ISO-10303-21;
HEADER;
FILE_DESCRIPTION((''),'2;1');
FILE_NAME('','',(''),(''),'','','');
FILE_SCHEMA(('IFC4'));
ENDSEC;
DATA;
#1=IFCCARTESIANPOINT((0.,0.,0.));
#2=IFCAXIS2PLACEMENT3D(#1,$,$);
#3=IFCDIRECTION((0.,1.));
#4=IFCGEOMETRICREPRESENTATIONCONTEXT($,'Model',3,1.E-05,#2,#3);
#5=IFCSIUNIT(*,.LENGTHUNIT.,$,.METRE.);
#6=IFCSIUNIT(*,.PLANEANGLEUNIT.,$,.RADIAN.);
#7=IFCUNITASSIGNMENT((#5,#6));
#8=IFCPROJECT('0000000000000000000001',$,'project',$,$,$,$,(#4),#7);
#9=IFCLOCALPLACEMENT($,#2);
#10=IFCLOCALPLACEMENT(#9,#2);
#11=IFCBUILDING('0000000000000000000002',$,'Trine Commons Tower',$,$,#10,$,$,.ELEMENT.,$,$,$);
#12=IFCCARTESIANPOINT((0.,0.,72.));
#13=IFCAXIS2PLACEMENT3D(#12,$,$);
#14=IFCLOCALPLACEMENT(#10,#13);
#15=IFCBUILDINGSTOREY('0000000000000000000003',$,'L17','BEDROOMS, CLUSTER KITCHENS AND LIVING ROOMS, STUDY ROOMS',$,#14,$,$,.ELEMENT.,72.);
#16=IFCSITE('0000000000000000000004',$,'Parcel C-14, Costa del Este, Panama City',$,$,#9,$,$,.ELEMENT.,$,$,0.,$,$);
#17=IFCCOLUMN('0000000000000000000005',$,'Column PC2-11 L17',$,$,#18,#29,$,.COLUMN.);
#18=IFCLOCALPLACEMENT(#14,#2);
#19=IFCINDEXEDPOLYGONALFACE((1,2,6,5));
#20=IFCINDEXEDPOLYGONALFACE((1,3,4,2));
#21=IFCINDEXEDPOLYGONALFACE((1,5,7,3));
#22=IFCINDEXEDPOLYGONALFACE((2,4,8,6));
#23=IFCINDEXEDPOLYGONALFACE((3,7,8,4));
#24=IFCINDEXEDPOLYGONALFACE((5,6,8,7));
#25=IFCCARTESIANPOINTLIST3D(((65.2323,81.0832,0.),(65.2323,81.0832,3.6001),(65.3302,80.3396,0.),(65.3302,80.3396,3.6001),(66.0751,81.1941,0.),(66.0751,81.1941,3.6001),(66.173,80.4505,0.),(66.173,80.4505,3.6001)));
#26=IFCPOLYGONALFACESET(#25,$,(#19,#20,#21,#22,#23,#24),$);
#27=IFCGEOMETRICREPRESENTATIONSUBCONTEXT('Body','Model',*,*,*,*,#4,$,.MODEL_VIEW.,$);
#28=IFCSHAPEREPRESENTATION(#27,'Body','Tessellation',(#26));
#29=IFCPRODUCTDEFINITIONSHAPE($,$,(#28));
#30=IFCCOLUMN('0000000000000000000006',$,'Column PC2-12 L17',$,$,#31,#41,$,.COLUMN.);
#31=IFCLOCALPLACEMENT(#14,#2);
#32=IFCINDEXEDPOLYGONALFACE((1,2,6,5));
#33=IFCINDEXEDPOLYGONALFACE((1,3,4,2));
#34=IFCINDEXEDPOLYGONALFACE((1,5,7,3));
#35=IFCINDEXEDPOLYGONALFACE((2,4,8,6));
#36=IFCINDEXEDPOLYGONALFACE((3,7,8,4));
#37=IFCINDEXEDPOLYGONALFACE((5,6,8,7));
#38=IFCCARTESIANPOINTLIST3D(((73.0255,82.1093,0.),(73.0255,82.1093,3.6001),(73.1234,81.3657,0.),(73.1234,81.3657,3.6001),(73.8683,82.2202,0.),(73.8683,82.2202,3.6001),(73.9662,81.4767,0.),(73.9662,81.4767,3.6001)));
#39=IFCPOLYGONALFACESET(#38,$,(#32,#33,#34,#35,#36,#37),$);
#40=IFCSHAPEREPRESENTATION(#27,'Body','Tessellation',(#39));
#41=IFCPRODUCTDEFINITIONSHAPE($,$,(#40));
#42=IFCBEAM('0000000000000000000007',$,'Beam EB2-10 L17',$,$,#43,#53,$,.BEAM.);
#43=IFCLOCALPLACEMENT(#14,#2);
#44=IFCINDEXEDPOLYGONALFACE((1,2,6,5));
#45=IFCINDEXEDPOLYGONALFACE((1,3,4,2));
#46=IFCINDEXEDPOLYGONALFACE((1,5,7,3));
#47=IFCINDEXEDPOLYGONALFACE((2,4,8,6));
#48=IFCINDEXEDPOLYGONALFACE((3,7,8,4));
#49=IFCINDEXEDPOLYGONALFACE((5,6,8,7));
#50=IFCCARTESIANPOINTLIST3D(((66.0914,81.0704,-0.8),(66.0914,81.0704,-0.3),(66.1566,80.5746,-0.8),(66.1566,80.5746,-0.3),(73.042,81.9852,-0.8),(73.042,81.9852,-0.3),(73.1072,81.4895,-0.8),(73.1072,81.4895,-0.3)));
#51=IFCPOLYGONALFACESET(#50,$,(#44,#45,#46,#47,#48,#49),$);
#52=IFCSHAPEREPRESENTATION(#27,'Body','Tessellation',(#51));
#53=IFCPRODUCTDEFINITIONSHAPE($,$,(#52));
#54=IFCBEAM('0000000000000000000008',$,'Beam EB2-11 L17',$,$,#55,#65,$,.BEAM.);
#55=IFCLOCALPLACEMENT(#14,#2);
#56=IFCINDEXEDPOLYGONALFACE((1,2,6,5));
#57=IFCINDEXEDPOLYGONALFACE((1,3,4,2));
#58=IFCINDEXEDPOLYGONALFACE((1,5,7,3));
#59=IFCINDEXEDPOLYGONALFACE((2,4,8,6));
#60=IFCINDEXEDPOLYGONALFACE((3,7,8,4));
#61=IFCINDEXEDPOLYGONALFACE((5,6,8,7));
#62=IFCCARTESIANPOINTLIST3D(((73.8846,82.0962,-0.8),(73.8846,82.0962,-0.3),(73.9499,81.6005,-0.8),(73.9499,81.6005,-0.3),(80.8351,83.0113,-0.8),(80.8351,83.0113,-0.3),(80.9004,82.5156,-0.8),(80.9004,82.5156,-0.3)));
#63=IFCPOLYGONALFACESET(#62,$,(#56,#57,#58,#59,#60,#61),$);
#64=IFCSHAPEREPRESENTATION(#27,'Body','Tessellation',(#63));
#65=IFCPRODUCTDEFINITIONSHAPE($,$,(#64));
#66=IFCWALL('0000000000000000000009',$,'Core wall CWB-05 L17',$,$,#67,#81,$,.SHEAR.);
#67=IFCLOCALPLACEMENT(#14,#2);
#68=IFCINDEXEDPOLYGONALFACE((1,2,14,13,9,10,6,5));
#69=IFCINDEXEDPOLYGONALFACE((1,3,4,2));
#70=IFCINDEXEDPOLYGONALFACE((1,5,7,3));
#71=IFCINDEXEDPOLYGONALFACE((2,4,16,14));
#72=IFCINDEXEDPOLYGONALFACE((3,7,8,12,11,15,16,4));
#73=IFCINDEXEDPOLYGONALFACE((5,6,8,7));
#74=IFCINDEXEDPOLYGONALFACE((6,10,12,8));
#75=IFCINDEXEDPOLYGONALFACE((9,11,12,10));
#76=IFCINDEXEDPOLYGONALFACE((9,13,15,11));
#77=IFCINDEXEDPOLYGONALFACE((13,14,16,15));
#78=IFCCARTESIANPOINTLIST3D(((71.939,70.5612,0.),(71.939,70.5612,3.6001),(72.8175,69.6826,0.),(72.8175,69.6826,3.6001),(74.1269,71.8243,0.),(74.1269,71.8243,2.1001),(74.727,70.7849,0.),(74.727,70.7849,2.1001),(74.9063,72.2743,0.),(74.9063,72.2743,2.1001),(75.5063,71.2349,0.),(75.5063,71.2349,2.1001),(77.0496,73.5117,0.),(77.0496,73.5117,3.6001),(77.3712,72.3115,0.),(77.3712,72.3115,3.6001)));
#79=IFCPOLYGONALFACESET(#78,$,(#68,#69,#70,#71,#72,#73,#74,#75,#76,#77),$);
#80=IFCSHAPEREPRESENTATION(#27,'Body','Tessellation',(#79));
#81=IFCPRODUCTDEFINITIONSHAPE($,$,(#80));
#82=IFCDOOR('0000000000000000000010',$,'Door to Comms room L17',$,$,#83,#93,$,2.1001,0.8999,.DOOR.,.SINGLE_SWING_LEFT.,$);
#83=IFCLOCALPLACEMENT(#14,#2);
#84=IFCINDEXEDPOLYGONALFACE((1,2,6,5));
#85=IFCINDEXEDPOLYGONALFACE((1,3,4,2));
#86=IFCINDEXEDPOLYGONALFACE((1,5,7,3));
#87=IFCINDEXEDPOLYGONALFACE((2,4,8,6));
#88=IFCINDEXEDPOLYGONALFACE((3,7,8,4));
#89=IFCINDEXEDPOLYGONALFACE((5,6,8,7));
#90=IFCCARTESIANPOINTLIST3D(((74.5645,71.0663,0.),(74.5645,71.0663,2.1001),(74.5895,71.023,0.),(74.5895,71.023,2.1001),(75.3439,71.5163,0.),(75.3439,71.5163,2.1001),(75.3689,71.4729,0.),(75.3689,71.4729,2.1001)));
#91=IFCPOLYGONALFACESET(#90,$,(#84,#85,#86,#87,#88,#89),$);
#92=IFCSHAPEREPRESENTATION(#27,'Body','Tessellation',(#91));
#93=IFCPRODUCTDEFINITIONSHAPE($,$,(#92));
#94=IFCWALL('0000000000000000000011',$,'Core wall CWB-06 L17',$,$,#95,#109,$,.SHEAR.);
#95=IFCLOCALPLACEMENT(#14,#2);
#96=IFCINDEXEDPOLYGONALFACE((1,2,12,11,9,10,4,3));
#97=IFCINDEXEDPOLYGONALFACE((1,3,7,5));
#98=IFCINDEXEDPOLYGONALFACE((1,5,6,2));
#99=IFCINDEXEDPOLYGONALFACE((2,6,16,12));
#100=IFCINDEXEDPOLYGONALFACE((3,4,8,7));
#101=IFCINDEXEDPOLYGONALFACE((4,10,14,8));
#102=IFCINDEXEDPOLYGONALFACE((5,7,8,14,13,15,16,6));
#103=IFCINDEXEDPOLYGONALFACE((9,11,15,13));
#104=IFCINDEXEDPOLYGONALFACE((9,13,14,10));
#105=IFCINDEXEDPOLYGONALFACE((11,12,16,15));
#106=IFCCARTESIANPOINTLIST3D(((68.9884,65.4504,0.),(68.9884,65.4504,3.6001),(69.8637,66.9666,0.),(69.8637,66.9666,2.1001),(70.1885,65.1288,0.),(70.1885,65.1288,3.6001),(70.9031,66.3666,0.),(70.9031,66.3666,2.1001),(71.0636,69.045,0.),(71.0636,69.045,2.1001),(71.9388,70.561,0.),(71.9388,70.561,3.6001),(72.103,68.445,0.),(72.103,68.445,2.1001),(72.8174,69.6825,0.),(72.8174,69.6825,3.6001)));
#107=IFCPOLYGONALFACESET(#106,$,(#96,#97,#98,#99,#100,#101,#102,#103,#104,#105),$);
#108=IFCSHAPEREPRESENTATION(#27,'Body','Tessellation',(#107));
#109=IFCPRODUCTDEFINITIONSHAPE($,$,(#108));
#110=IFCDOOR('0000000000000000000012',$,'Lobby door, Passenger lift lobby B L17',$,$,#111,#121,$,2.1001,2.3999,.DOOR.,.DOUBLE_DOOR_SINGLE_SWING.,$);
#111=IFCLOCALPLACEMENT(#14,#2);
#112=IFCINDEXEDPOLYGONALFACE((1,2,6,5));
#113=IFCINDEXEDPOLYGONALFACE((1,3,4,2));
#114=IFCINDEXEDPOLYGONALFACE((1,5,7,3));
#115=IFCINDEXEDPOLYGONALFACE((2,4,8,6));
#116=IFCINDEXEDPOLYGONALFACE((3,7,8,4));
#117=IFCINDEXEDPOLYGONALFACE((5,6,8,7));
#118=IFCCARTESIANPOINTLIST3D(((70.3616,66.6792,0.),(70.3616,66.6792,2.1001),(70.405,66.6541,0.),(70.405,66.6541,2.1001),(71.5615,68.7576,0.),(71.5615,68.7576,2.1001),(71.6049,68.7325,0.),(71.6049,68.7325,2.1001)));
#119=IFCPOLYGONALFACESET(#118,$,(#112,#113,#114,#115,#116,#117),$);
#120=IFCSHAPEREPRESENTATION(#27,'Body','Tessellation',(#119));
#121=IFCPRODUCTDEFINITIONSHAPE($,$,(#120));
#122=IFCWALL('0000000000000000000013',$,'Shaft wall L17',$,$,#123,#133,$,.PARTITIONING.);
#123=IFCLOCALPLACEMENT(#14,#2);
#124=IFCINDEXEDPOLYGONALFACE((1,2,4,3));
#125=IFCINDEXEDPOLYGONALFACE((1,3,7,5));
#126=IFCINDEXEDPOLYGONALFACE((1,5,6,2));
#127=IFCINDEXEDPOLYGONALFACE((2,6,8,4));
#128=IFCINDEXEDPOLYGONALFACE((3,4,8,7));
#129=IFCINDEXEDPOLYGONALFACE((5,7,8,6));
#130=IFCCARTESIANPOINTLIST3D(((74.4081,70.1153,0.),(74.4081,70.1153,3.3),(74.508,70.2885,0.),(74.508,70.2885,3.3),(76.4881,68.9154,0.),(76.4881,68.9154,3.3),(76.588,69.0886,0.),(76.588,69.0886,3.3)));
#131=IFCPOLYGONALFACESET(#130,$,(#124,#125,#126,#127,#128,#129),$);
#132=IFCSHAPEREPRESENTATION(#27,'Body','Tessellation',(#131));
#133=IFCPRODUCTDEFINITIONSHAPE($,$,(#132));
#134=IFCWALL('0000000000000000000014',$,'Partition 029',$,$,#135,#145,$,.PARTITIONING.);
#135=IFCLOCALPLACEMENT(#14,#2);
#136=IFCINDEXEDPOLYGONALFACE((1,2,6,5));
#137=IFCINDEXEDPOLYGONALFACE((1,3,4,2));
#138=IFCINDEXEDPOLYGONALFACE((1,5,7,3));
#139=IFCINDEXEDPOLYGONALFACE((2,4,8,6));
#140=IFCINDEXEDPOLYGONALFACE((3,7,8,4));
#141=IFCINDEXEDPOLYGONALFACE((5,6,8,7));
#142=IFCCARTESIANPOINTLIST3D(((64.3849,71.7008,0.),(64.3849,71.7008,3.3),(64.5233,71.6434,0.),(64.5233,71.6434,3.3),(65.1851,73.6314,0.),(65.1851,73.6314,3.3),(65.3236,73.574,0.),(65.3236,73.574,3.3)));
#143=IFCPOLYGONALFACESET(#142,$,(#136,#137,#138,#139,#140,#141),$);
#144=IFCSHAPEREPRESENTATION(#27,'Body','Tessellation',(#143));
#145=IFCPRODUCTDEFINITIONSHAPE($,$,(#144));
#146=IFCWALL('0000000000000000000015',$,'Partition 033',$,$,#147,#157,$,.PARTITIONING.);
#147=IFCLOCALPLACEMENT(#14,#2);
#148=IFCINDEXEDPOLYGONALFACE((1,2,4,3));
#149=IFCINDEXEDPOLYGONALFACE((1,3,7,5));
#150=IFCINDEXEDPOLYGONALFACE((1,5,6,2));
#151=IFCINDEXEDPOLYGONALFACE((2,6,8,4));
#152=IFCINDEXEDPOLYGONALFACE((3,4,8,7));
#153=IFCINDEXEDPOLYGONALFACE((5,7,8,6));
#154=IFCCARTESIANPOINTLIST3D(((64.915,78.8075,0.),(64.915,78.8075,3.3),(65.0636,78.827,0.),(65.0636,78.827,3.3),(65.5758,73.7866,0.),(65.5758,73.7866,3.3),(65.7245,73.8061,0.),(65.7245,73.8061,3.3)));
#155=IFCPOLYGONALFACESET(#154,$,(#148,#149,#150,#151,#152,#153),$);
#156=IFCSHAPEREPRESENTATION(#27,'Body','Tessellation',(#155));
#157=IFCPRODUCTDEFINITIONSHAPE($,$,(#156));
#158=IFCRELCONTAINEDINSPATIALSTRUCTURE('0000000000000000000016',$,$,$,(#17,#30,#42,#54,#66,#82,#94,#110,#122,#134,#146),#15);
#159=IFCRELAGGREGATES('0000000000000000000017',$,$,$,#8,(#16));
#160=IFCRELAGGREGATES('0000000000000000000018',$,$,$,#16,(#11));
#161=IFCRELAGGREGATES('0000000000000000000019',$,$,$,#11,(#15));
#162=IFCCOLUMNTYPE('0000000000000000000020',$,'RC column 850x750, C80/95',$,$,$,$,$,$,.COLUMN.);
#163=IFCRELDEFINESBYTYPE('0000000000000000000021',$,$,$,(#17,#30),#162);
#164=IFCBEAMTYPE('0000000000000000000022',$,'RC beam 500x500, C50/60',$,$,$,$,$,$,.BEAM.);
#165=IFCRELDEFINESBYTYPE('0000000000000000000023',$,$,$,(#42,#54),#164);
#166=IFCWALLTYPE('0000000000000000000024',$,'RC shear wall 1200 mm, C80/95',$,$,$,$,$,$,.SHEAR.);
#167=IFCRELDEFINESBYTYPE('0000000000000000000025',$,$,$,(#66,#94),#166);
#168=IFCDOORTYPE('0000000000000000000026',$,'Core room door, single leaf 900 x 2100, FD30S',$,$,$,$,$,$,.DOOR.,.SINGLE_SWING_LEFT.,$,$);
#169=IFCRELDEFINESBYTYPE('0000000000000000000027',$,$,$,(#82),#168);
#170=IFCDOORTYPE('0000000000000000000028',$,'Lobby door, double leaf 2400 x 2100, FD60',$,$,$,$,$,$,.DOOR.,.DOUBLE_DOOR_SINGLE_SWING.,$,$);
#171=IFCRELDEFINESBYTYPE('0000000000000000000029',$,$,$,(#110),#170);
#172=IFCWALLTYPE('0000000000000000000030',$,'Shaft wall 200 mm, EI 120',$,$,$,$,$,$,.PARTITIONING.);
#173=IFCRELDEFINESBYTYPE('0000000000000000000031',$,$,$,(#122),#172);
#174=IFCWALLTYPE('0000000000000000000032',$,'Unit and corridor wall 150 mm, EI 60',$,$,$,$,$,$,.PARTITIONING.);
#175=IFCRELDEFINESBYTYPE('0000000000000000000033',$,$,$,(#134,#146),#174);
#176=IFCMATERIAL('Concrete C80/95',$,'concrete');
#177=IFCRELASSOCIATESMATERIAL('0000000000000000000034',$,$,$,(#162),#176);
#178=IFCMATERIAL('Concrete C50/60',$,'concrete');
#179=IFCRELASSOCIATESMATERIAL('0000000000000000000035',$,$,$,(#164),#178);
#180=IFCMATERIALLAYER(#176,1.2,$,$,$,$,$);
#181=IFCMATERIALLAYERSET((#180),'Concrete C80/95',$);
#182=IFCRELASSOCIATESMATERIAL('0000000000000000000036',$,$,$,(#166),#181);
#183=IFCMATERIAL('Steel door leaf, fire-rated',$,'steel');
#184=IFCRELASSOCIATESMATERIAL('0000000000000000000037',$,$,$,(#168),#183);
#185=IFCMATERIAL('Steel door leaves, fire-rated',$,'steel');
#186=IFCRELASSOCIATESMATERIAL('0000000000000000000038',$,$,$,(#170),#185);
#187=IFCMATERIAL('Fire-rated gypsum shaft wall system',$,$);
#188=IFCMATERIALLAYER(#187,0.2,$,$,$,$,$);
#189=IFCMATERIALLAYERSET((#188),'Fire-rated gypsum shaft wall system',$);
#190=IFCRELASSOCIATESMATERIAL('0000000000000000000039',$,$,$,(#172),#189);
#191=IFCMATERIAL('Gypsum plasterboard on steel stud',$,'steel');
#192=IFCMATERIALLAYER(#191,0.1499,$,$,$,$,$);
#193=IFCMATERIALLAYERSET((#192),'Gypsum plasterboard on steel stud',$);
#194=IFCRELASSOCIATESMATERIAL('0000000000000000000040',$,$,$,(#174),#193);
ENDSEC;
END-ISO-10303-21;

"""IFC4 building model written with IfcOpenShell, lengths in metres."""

from ifc_helpers import new_model, si_unit, direction, frame, frame_2d, origin, origin_2d, place, context, subcontext, project, spatial, polyline, rectangle, outline, extrude, material, layer, layer_set, material_profile, profile_set, type_object, element, fill, save


model = new_model("IFC4")

# Units and contexts
model_context = context("Model", 3, precision=1e-05, world=origin(), true_north=direction((0.0, 1.0)))
body_context = subcontext(model_context, "Body", "Model", "MODEL_VIEW")
ifc_project = project(units=[si_unit("LENGTHUNIT", "METRE"), si_unit("PLANEANGLEUNIT", "RADIAN")], contexts=[model_context])

# Site, building, storey
site_placement = place(None, origin())
site = spatial("IfcSite", under=ifc_project, at=site_placement, Name="Parcel C-14, Costa del Este, Panama City", CompositionType="ELEMENT", RefElevation=0.0)
building_placement = place(site_placement, origin())
building = spatial("IfcBuilding", under=site, at=building_placement, Name="Trine Commons Tower", CompositionType="ELEMENT")
storey_placement = place(building_placement, frame((0.0, 0.0, 72.0)))
storey = spatial("IfcBuildingStorey", under=building, at=storey_placement, Name="L17", Description="BEDROOMS, CLUSTER KITCHENS AND LIVING ROOMS, STUDY ROOMS", CompositionType="ELEMENT", Elevation=72.0)

# Columns
ifc_material_1 = material(Name="Concrete C80/95", Category="concrete")
ifc_material_profile_1 = material_profile(ifc_material_1, rectangle(XDim=0.8501, YDim=0.75, at=origin_2d()), Name="RC 850x750")
ifc_profile_set_1 = profile_set([ifc_material_profile_1], Name="Concrete C80/95")
column_type = type_object("IfcColumnType", Name="RC column 850x750, C80/95", PredefinedType="COLUMN", material=ifc_profile_set_1)
for number, where, z_axis, x_axis, name in (
    (1, (65.7026, 80.7668, 0.0), (0.0, 0.0, 1.0), (0.991445, 0.130526, 0.0), "Column PC2-11 L17"),
    (2, (73.4958, 81.793, 0.0), (0.0, 0.0, 1.0), (0.991445, 0.130526, 0.0), "Column PC2-12 L17"),
):
    element("IfcColumn", number, at=place(storey_placement, frame(where, z_axis=z_axis, x_axis=x_axis)), inside=storey, type_object=column_type, Name=name, PredefinedType="COLUMN", context=body_context, shape_type="SweptSolid", body=[
        extrude(rectangle(XDim=0.8501, YDim=0.75, at=origin_2d()), origin(), (0.0, 0.0, 1.0), 3.6001),
    ])

# Beams
ifc_material_2 = material(Name="Concrete C50/60", Category="concrete")
ifc_material_profile_2 = material_profile(ifc_material_2, rectangle(XDim=0.5, YDim=0.5, at=origin_2d()), Name="RC 500x500")
ifc_profile_set_2 = profile_set([ifc_material_profile_2], Name="Concrete C50/60")
beam_type = type_object("IfcBeamType", Name="RC beam 500x500, C50/60", PredefinedType="BEAM", material=ifc_profile_set_2)
for number, where, z_axis, x_axis, name in (
    (3, (66.124, 80.8225, -0.55), (0.991449, 0.130491, 0.0), (-0.130491, 0.991449, 0.0), "Beam EB2-10 L17"),
    (4, (73.9172, 81.8484, -0.55), (0.991445, 0.130526, 0.0), (-0.130526, 0.991445, 0.0), "Beam EB2-11 L17"),
):
    element("IfcBeam", number, at=place(storey_placement, frame(where, z_axis=z_axis, x_axis=x_axis)), inside=storey, type_object=beam_type, Name=name, PredefinedType="BEAM", context=body_context, shape_type="SweptSolid", body=[
        extrude(rectangle(XDim=0.5, YDim=0.5, at=origin_2d()), origin(), (0.0, 0.0, 1.0), 7.0105),
    ])

# Walls, openings, doors
ifc_layer_1 = layer(ifc_material_1, 1.2)
ifc_layer_set_1 = layer_set([ifc_layer_1], Name="Concrete C80/95")
wall_type_1 = type_object("IfcWallType", Name="RC shear wall 1200 mm, C80/95", PredefinedType="SHEAR", material=ifc_layer_set_1)
wall_1_placement = place(storey_placement, frame((77.3496, 72.9919, 0.0), z_axis=(0.0, 0.0, 1.0), x_axis=(-0.866037, -0.499979, 0.0)))
wall_1 = element("IfcWall", 5, at=wall_1_placement, inside=storey, type_object=wall_type_1, Name="Core wall CWB-05 L17", PredefinedType="SHEAR", context=body_context, shape_type="SweptSolid", body=[
    extrude(outline(polyline([(0.0, -0.6001), (5.9011, -0.6001), (5.5796, 0.6001), (0.3215, 0.6001), (0.0, -0.6001)])), origin(), (0.0, 0.0, 1.0), 3.6001),
])
opening_1_placement = place(wall_1_placement, frame((2.4749, 0.0, 0.0)))
opening_1 = element("IfcOpeningElement", 6, at=opening_1_placement, cuts=wall_1, PredefinedType="OPENING", context=body_context, shape_type="SweptSolid", body=[
    extrude(rectangle(XDim=0.8999, YDim=2.1001, at=frame_2d((0.45, 1.05))), frame((0.0, 0.6099, 0.0), z_axis=(0.0, -1.0, 0.0), x_axis=(1.0, 0.0, 0.0)), (0.0, 0.0, 1.0), 1.22),
])
ifc_material_3 = material(Name="Steel door leaf, fire-rated", Category="steel")
door_type_1 = type_object("IfcDoorType", Name="Core room door, single leaf 900 x 2100, FD30S", OperationType="SINGLE_SWING_LEFT", PredefinedType="DOOR", material=ifc_material_3)
door_1_placement = place(opening_1_placement, origin())
door_1 = element("IfcDoor", 7, at=door_1_placement, inside=storey, type_object=door_type_1, Name="Door to Comms room L17", OperationType="SINGLE_SWING_LEFT", OverallHeight=2.1001, OverallWidth=0.8999, PredefinedType="DOOR", context=body_context, shape_type="SweptSolid", body=[
    extrude(rectangle(XDim=0.8999, YDim=2.1001, at=frame_2d((0.45, 1.05))), frame((0.0, 0.3252, 0.0), z_axis=(0.0, -1.0, 0.0), x_axis=(1.0, 0.0, 0.0)), (0.0, 0.0, 1.0), 0.05),
])
fill(opening_1, door_1)
wall_2_placement = place(storey_placement, frame((72.4585, 70.261, 0.0), z_axis=(0.0, 0.0, 1.0), x_axis=(-0.499979, -0.866037, 0.0)))
wall_2 = element("IfcWall", 8, at=wall_2_placement, inside=storey, type_object=wall_type_1, Name="Core wall CWB-06 L17", PredefinedType="SHEAR", context=body_context, shape_type="SweptSolid", body=[
    extrude(outline(polyline([(0.0, -0.6001), (5.9011, -0.6001), (5.5796, 0.6001), (0.3215, 0.6001), (0.0, -0.6001)])), origin(), (0.0, 0.0, 1.0), 3.6001),
])
opening_2_placement = place(wall_2_placement, frame((1.7505, 0.0, 0.0)))
opening_2 = element("IfcOpeningElement", 9, at=opening_2_placement, cuts=wall_2, PredefinedType="OPENING", context=body_context, shape_type="SweptSolid", body=[
    extrude(rectangle(XDim=2.3999, YDim=2.1001, at=frame_2d((1.2, 1.05))), frame((0.0, 0.6099, 0.0), z_axis=(0.0, -1.0, 0.0), x_axis=(1.0, 0.0, 0.0)), (0.0, 0.0, 1.0), 1.22),
])
ifc_material_4 = material(Name="Steel door leaves, fire-rated", Category="steel")
door_type_2 = type_object("IfcDoorType", Name="Lobby door, double leaf 2400 x 2100, FD60", OperationType="DOUBLE_DOOR_SINGLE_SWING", PredefinedType="DOOR", material=ifc_material_4)
door_2_placement = place(opening_2_placement, origin())
door_2 = element("IfcDoor", 10, at=door_2_placement, inside=storey, type_object=door_type_2, Name="Lobby door, Passenger lift lobby B L17", OperationType="DOUBLE_DOOR_SINGLE_SWING", OverallHeight=2.1001, OverallWidth=2.3999, PredefinedType="DOOR", context=body_context, shape_type="SweptSolid", body=[
    extrude(rectangle(XDim=2.3999, YDim=2.1001, at=frame_2d((1.2, 1.05))), frame((0.0, 0.0249, 0.0), z_axis=(0.0, -1.0, 0.0), x_axis=(1.0, 0.0, 0.0)), (0.0, 0.0, 1.0), 0.05),
])
fill(opening_2, door_2)

# Walls
ifc_material_5 = material(Name="Fire-rated gypsum shaft wall system")
ifc_layer_2 = layer(ifc_material_5, 0.2)
ifc_layer_set_2 = layer_set([ifc_layer_2], Name="Fire-rated gypsum shaft wall system")
wall_type_2 = type_object("IfcWallType", Name="Shaft wall 200 mm, EI 120", PredefinedType="PARTITIONING", material=ifc_layer_set_2)
wall_3_placement = place(storey_placement, frame((76.5381, 69.002, 0.0), z_axis=(0.0, 0.0, 1.0), x_axis=(-0.866203, 0.499693, 0.0)))
element("IfcWall", 11, at=wall_3_placement, inside=storey, type_object=wall_type_2, Name="Shaft wall L17", PredefinedType="PARTITIONING", context=body_context, shape_type="SweptSolid", body=[
    extrude(rectangle(XDim=2.4014, YDim=0.2, at=frame_2d((1.2007, 0.0))), origin(), (0.0, 0.0, 1.0), 3.3),
])
ifc_material_6 = material(Name="Gypsum plasterboard on steel stud", Category="steel")
ifc_layer_3 = layer(ifc_material_6, 0.1499)
ifc_layer_set_3 = layer_set([ifc_layer_3], Name="Gypsum plasterboard on steel stud")
wall_type_3 = type_object("IfcWallType", Name="Unit and corridor wall 150 mm, EI 60", PredefinedType="PARTITIONING", material=ifc_layer_set_3)
wall_4_placement = place(storey_placement, frame((64.4541, 71.6721, 0.0), z_axis=(0.0, 0.0, 1.0), x_axis=(0.382923, 0.92378, 0.0)))
element("IfcWall", 12, at=wall_4_placement, inside=storey, type_object=wall_type_3, Name="Partition 029", PredefinedType="PARTITIONING", context=body_context, shape_type="SweptSolid", body=[
    extrude(rectangle(XDim=2.0898, YDim=0.1499, at=frame_2d((1.0449, 0.0))), origin(), (0.0, 0.0, 1.0), 3.3),
])
wall_5_placement = place(storey_placement, frame((64.9893, 78.8174, 0.0), z_axis=(0.0, 0.0, 1.0), x_axis=(0.130499, -0.991448, 0.0)))
element("IfcWall", 13, at=wall_5_placement, inside=storey, type_object=wall_type_3, Name="Partition 033", PredefinedType="PARTITIONING", context=body_context, shape_type="SweptSolid", body=[
    extrude(rectangle(XDim=5.0642, YDim=0.1499, at=frame_2d((2.5322, 0.0))), origin(), (0.0, 0.0, 1.0), 3.3),
])

save(model, "model.ifc")
